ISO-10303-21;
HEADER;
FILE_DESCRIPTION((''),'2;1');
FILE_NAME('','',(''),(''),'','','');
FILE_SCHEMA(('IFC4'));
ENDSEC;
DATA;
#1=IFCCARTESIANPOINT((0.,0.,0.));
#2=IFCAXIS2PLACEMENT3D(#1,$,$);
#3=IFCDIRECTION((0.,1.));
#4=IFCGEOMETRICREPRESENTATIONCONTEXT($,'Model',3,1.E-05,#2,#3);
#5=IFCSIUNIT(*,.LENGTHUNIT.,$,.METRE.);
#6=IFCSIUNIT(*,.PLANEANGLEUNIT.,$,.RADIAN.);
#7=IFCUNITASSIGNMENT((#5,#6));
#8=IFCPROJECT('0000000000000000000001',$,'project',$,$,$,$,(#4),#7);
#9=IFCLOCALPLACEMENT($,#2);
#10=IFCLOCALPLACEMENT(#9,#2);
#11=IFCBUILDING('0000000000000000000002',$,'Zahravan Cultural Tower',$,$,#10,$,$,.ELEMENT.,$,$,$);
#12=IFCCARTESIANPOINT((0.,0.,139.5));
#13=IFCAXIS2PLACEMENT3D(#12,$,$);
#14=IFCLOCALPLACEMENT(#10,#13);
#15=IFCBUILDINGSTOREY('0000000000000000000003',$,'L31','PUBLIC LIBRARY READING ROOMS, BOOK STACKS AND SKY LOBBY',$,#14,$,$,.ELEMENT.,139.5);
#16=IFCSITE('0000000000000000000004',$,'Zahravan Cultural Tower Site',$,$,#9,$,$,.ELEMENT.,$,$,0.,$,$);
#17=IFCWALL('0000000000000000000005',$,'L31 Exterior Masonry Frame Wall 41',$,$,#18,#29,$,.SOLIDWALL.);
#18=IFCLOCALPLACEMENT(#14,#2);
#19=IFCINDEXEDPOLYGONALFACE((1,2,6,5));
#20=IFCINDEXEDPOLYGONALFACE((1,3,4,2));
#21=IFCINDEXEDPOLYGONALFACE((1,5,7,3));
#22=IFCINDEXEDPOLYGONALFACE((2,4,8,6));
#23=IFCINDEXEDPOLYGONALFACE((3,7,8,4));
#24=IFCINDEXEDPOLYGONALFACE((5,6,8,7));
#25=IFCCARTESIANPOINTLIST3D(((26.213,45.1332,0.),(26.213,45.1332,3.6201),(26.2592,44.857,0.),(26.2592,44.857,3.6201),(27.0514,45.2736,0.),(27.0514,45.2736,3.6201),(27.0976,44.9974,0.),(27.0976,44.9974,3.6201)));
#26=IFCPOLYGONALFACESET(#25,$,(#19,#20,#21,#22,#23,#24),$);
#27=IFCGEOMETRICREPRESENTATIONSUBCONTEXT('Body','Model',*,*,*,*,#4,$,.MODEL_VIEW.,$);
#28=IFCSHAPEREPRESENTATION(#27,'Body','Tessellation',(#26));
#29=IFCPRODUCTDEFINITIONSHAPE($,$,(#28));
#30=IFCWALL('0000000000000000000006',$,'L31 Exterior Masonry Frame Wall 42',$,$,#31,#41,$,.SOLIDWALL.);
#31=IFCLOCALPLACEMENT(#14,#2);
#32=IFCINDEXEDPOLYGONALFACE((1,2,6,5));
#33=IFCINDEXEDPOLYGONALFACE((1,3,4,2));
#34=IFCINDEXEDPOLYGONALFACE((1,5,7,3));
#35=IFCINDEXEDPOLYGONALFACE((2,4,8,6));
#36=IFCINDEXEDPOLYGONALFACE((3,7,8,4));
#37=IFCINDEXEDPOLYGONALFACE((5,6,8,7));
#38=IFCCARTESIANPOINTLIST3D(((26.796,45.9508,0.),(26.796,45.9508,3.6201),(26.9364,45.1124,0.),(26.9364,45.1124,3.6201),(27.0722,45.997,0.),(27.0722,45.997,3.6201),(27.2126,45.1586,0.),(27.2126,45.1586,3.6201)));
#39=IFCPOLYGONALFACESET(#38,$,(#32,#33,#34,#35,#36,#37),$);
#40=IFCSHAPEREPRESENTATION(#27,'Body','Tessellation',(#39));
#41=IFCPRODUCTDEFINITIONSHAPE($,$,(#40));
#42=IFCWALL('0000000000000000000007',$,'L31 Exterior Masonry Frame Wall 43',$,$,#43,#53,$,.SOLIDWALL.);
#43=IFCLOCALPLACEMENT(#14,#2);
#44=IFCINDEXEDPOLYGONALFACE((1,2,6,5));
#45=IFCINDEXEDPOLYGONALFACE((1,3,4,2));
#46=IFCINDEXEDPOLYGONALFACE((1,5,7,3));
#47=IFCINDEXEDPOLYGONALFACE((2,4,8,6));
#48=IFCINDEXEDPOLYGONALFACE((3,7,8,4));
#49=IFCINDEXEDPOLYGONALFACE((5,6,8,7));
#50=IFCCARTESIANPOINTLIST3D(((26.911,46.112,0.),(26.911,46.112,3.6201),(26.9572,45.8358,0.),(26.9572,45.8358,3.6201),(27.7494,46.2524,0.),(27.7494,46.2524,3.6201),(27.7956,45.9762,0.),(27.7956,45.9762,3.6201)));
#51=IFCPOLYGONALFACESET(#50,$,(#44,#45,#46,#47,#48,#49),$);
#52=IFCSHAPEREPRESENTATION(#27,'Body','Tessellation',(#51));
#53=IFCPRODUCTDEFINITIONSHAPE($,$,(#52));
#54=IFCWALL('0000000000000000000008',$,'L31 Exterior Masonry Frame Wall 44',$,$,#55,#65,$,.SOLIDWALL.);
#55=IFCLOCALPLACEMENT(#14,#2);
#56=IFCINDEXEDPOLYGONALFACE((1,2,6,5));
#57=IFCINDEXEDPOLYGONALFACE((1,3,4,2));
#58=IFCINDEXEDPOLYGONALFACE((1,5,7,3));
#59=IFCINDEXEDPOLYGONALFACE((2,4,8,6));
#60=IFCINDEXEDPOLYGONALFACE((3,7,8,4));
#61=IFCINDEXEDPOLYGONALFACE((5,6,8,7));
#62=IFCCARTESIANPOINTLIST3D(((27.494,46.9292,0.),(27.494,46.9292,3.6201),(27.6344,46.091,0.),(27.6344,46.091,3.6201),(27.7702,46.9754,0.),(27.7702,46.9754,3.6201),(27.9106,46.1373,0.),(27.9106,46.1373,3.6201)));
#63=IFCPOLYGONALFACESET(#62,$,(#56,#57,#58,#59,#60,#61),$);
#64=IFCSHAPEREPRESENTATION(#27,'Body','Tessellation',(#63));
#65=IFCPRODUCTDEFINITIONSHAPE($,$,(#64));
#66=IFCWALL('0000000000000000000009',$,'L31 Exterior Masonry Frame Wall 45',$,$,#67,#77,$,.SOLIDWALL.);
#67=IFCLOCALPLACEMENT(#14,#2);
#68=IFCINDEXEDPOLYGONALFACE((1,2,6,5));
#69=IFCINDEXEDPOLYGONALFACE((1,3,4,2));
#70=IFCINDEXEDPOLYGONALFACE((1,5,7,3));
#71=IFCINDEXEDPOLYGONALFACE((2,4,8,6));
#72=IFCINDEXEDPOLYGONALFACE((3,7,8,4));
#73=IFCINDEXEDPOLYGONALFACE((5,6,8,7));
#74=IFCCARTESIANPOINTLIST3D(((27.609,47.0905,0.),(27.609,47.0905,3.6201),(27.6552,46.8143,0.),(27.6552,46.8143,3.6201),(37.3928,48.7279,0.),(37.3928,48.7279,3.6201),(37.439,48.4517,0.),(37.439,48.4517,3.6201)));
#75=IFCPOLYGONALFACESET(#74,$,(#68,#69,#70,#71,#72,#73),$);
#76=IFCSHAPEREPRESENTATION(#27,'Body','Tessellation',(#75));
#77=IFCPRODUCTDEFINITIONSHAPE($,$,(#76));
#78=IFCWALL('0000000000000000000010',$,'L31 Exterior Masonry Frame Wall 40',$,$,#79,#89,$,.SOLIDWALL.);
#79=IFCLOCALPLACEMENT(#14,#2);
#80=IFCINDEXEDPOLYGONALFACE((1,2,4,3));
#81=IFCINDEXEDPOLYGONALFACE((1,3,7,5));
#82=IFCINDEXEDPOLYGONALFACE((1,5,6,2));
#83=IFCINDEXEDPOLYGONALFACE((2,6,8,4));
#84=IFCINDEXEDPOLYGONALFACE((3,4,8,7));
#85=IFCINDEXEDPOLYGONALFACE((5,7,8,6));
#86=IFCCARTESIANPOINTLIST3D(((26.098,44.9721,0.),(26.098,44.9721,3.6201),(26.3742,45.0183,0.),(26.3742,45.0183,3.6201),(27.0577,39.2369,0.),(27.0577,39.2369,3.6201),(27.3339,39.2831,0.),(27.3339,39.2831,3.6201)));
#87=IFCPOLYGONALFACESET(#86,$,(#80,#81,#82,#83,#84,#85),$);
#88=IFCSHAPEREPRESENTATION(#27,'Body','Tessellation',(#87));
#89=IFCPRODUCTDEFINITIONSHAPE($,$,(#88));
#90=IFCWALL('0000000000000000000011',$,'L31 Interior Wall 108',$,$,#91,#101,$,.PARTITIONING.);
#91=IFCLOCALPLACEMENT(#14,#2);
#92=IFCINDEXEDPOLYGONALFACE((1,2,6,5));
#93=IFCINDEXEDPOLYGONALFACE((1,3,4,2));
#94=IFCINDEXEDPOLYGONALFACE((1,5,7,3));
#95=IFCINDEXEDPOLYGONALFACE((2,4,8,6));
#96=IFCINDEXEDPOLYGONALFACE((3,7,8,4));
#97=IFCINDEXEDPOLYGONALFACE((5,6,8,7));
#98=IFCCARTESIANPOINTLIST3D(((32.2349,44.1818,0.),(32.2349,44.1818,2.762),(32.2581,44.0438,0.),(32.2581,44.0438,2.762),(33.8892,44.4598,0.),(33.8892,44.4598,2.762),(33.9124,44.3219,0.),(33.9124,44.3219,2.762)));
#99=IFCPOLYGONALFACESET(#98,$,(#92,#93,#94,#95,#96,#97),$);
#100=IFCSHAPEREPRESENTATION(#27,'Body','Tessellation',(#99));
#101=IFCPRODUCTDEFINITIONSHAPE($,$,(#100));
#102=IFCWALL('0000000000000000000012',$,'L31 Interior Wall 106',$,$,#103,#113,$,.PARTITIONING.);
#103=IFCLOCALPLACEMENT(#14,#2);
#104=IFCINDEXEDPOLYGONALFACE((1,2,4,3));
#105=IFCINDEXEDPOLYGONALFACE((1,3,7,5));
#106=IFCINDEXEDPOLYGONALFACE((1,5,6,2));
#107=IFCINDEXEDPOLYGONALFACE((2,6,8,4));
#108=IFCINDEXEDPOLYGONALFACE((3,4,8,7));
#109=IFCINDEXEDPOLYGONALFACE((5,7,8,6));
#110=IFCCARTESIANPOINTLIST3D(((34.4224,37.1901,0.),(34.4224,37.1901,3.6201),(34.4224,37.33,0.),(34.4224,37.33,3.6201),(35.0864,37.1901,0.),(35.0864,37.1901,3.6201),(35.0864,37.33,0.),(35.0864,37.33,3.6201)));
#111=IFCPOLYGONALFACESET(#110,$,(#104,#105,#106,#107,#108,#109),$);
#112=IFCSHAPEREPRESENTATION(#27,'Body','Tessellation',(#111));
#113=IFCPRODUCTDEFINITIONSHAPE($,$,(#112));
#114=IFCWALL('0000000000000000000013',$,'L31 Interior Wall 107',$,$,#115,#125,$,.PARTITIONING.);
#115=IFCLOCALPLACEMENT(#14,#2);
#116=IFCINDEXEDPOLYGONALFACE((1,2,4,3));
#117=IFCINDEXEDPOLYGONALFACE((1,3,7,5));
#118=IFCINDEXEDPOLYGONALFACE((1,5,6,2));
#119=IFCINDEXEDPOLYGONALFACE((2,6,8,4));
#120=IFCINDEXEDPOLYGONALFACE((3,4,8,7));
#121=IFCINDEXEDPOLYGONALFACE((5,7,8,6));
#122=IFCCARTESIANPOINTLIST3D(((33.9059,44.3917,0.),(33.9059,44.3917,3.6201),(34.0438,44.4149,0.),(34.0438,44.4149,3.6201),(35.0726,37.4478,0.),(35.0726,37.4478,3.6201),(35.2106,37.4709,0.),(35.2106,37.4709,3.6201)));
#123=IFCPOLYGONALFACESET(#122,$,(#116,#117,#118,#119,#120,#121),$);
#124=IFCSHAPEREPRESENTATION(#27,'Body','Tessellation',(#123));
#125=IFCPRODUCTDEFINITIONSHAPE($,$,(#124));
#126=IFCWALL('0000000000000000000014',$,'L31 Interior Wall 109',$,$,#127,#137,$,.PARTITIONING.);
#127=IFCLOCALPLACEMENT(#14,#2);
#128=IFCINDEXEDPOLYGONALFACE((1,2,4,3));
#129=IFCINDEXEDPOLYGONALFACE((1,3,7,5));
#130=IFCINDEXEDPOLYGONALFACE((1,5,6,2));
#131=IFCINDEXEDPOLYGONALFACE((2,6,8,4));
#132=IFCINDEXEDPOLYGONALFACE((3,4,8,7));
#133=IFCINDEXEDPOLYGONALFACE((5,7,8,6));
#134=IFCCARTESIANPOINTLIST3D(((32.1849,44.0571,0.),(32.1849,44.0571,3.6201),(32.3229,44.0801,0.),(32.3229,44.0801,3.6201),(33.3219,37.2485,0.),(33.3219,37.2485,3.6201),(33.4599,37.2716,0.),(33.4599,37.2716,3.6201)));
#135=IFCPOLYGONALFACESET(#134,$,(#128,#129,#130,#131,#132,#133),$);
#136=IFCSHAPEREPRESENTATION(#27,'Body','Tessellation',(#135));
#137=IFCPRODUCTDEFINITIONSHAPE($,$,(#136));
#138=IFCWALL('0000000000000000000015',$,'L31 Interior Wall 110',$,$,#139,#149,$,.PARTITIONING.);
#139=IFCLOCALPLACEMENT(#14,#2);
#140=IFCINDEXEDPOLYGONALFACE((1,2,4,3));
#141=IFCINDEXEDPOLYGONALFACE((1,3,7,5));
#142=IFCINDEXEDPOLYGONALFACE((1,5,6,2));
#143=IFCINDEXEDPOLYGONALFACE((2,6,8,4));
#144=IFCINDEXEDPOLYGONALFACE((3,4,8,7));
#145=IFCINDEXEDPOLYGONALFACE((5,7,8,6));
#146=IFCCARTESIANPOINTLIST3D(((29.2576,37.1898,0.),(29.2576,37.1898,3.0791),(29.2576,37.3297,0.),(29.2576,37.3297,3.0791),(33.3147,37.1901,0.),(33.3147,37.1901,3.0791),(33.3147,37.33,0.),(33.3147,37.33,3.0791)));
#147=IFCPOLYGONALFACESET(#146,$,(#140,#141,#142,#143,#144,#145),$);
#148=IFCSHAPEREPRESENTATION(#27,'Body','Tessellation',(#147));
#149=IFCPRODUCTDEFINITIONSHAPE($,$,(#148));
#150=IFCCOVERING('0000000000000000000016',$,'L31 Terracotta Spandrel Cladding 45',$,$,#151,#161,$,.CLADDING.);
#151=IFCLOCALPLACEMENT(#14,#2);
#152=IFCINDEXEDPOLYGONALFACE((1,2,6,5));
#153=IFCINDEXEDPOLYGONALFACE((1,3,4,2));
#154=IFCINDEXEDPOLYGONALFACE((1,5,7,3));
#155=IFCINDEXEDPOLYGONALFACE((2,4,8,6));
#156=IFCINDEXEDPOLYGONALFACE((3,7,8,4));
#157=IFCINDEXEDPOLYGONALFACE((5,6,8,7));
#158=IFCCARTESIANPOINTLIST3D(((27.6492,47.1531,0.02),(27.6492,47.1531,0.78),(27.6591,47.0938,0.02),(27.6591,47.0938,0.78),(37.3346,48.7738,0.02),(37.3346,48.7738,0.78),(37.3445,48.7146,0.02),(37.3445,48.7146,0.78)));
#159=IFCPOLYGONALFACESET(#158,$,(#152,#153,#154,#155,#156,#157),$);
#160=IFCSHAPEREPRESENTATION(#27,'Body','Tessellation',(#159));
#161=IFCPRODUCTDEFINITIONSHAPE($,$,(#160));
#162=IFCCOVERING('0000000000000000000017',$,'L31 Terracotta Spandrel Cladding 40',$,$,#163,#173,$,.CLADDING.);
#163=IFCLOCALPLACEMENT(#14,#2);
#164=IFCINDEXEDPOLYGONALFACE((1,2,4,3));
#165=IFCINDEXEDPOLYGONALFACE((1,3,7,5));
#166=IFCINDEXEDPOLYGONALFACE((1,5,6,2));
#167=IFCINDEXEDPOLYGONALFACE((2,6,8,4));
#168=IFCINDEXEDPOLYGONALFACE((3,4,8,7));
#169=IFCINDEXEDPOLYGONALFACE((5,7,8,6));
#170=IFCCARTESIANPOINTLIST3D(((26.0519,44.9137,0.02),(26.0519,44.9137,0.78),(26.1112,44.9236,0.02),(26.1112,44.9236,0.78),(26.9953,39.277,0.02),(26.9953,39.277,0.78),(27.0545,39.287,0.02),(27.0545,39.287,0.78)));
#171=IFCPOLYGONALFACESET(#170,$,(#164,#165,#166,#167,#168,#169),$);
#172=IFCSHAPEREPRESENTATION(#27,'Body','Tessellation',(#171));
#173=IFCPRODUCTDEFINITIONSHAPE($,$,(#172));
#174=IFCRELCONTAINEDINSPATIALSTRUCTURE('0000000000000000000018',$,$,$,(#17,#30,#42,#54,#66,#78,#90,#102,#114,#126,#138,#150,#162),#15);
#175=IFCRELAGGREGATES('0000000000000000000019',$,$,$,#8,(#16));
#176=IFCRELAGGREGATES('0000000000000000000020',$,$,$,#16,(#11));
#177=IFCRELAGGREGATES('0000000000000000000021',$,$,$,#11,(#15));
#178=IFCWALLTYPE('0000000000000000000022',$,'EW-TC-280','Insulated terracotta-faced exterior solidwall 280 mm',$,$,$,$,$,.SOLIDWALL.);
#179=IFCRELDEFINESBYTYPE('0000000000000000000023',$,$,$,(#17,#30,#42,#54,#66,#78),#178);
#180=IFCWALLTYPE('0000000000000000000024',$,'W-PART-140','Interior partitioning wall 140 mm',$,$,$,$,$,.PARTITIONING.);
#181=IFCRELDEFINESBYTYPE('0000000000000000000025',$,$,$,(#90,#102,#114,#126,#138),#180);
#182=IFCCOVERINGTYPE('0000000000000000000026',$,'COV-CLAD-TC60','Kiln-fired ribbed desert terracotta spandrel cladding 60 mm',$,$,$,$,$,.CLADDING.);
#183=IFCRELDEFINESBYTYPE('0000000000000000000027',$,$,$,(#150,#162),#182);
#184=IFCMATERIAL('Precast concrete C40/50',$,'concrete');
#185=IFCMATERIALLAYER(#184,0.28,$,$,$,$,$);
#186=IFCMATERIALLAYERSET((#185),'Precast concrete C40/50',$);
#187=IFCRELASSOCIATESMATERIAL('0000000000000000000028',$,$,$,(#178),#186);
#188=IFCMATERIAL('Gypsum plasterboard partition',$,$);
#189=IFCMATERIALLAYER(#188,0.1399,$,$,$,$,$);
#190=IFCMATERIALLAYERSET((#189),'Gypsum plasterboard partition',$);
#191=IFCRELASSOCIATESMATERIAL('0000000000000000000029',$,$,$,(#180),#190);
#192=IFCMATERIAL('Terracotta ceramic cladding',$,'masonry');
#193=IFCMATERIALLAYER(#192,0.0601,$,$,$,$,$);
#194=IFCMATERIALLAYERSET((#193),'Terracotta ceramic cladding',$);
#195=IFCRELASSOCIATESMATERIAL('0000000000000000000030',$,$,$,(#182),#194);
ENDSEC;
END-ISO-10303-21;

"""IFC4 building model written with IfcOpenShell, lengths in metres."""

from ifc_helpers import new_model, si_unit, direction, frame, frame_2d, origin, origin_2d, place, context, subcontext, project, spatial, rectangle, extrude, source, transform, mapped, material, layer, layer_set, type_object, element, save


model = new_model("IFC4")

# Units and contexts
model_context = context("Model", 3, precision=1e-05, world=origin(), true_north=direction((0.0, 1.0)))
body_context = subcontext(model_context, "Body", "Model", "MODEL_VIEW")
ifc_project = project(units=[si_unit("LENGTHUNIT", "METRE"), si_unit("PLANEANGLEUNIT", "RADIAN")], contexts=[model_context])

# Site, building, storey
site_placement = place(None, origin())
site = spatial("IfcSite", under=ifc_project, at=site_placement, Name="Zahravan Cultural Tower Site", CompositionType="ELEMENT", RefElevation=0.0)
building_placement = place(site_placement, origin())
building = spatial("IfcBuilding", under=site, at=building_placement, Name="Zahravan Cultural Tower", CompositionType="ELEMENT")
storey_placement = place(building_placement, frame((0.0, 0.0, 139.5)))
storey = spatial("IfcBuildingStorey", under=building, at=storey_placement, Name="L31", Description="PUBLIC LIBRARY READING ROOMS, BOOK STACKS AND SKY LOBBY", CompositionType="ELEMENT", Elevation=139.5)

# Walls
ifc_material_1 = material(Name="Precast concrete C40/50", Category="concrete")
ifc_layer_1 = layer(ifc_material_1, 0.28)
ifc_layer_set_1 = layer_set([ifc_layer_1], Name="Precast concrete C40/50")
wall_type_1 = type_object("IfcWallType", Name="EW-TC-280", Description="Insulated terracotta-faced exterior solidwall 280 mm", PredefinedType="SOLIDWALL", material=ifc_layer_set_1)
shared_shape_1 = source(origin(), body_context, "Body", "SweptSolid", [
    extrude(rectangle(XDim=0.8501, YDim=0.28, at=frame_2d((0.425, 0.0))), origin(), (0.0, 0.0, 1.0), 3.6201),
])
for number, where, z_axis, x_axis, name in (
    (1, (26.2361, 44.9951, 0.0), (0.0, 0.0, 1.0), (0.986269, 0.165144, 0.0), "L31 Exterior Masonry Frame Wall 41"),
    (2, (27.0745, 45.1355, 0.0), (0.0, 0.0, 1.0), (-0.165144, 0.986269, 0.0), "L31 Exterior Masonry Frame Wall 42"),
    (3, (26.9341, 45.9739, 0.0), (0.0, 0.0, 1.0), (0.986269, 0.165144, 0.0), "L31 Exterior Masonry Frame Wall 43"),
):
    element("IfcWall", number, at=place(storey_placement, frame(where, z_axis=z_axis, x_axis=x_axis)), inside=storey, type_object=wall_type_1, Name=name, PredefinedType="SOLIDWALL", context=body_context, shape_type="MappedRepresentation", body=[
        mapped(shared_shape_1, transform((0.0, 0.0, 0.0), x_axis=(1.0, 0.0, 0.0), y_axis=(0.0, 1.0, 0.0), z_axis=(0.0, 0.0, 1.0), scale=1.0)),
    ])
shared_shape_2 = source(origin(), body_context, "Body", "SweptSolid", [
    extrude(rectangle(XDim=0.8499, YDim=0.28, at=frame_2d((0.4248, 0.0))), origin(), (0.0, 0.0, 1.0), 3.6201),
])
wall_1_placement = place(storey_placement, frame((27.7725, 46.1143, 0.0), z_axis=(0.0, 0.0, 1.0), x_axis=(-0.165191, 0.986262, 0.0)))
element("IfcWall", 4, at=wall_1_placement, inside=storey, type_object=wall_type_1, Name="L31 Exterior Masonry Frame Wall 44", PredefinedType="SOLIDWALL", context=body_context, shape_type="MappedRepresentation", body=[
    mapped(shared_shape_2, transform((0.0, 0.0, 0.0), x_axis=(1.0, 0.0, 0.0), y_axis=(0.0, 1.0, 0.0), z_axis=(0.0, 0.0, 1.0), scale=1.0)),
])
shared_shape_3 = source(origin(), body_context, "Body", "SweptSolid", [
    extrude(rectangle(XDim=9.9199, YDim=0.28, at=frame_2d((4.96, 0.0))), origin(), (0.0, 0.0, 1.0), 3.6201),
])
wall_2_placement = place(storey_placement, frame((27.6321, 46.9524, 0.0), z_axis=(0.0, 0.0, 1.0), x_axis=(0.986283, 0.165065, 0.0)))
element("IfcWall", 5, at=wall_2_placement, inside=storey, type_object=wall_type_1, Name="L31 Exterior Masonry Frame Wall 45", PredefinedType="SOLIDWALL", context=body_context, shape_type="MappedRepresentation", body=[
    mapped(shared_shape_3, transform((0.0, 0.0, 0.0), x_axis=(1.0, 0.0, 0.0), y_axis=(0.0, 1.0, 0.0), z_axis=(0.0, 0.0, 1.0), scale=1.0)),
])
shared_shape_4 = source(origin(), body_context, "Body", "SweptSolid", [
    extrude(rectangle(XDim=5.8149, YDim=0.28, at=frame_2d((2.9075, 0.0))), origin(), (0.0, 0.0, 1.0), 3.6201),
])
wall_3_placement = place(storey_placement, frame((27.1958, 39.26, 0.0), z_axis=(0.0, 0.0, 1.0), x_axis=(-0.165046, 0.986286, 0.0)))
element("IfcWall", 6, at=wall_3_placement, inside=storey, type_object=wall_type_1, Name="L31 Exterior Masonry Frame Wall 40", PredefinedType="SOLIDWALL", context=body_context, shape_type="MappedRepresentation", body=[
    mapped(shared_shape_4, transform((0.0, 0.0, 0.0), x_axis=(1.0, 0.0, 0.0), y_axis=(0.0, 1.0, 0.0), z_axis=(0.0, 0.0, 1.0), scale=1.0)),
])
ifc_material_2 = material(Name="Gypsum plasterboard partition")
ifc_layer_2 = layer(ifc_material_2, 0.1399)
ifc_layer_set_2 = layer_set([ifc_layer_2], Name="Gypsum plasterboard partition")
wall_type_2 = type_object("IfcWallType", Name="W-PART-140", Description="Interior partitioning wall 140 mm", PredefinedType="PARTITIONING", material=ifc_layer_set_2)
shared_shape_5 = source(origin(), body_context, "Body", "SweptSolid", [
    extrude(rectangle(XDim=1.6775, YDim=0.1399, at=frame_2d((0.8389, 0.0))), origin(), (0.0, 0.0, 1.0), 2.762),
])
wall_4_placement = place(storey_placement, frame((33.9009, 44.3909, 0.0), z_axis=(0.0, 0.0, 1.0), x_axis=(-0.986165, -0.165768, 0.0)))
element("IfcWall", 7, at=wall_4_placement, inside=storey, type_object=wall_type_2, Name="L31 Interior Wall 108", PredefinedType="PARTITIONING", context=body_context, shape_type="MappedRepresentation", body=[
    mapped(shared_shape_5, transform((0.0, 0.0, 0.0), x_axis=(1.0, 0.0, 0.0), y_axis=(0.0, 1.0, 0.0), z_axis=(0.0, 0.0, 1.0), scale=1.0)),
])
shared_shape_6 = source(origin(), body_context, "Body", "SweptSolid", [
    extrude(rectangle(XDim=0.6641, YDim=0.1399, at=frame_2d((0.332, 0.0))), origin(), (0.0, 0.0, 1.0), 3.6201),
])
wall_5_placement = place(storey_placement, frame((35.0864, 37.26, 0.0), z_axis=(0.0, 0.0, 1.0), x_axis=(-1.0, 0.0, 0.0)))
element("IfcWall", 8, at=wall_5_placement, inside=storey, type_object=wall_type_2, Name="L31 Interior Wall 106", PredefinedType="PARTITIONING", context=body_context, shape_type="MappedRepresentation", body=[
    mapped(shared_shape_6, transform((0.0, 0.0, 0.0), x_axis=(1.0, 0.0, 0.0), y_axis=(0.0, 1.0, 0.0), z_axis=(0.0, 0.0, 1.0), scale=1.0)),
])
shared_shape_7 = source(origin(), body_context, "Body", "SweptSolid", [
    extrude(rectangle(XDim=7.0413, YDim=0.1399, at=frame_2d((3.5205, 0.0))), origin(), (0.0, 0.0, 1.0), 3.6201),
])
wall_6_placement = place(storey_placement, frame((35.1416, 37.4595, 0.0), z_axis=(0.0, 0.0, 1.0), x_axis=(-0.165703, 0.986176, 0.0)))
element("IfcWall", 9, at=wall_6_placement, inside=storey, type_object=wall_type_2, Name="L31 Interior Wall 107", PredefinedType="PARTITIONING", context=body_context, shape_type="MappedRepresentation", body=[
    mapped(shared_shape_7, transform((0.0, 0.0, 0.0), x_axis=(1.0, 0.0, 0.0), y_axis=(0.0, 1.0, 0.0), z_axis=(0.0, 0.0, 1.0), scale=1.0)),
])
shared_shape_8 = source(origin(), body_context, "Body", "SweptSolid", [
    extrude(rectangle(XDim=6.9028, YDim=0.1399, at=frame_2d((3.4514, 0.0))), origin(), (0.0, 0.0, 1.0), 3.6201),
])
wall_7_placement = place(storey_placement, frame((32.2539, 44.0686, 0.0), z_axis=(0.0, 0.0, 1.0), x_axis=(0.164709, -0.986342, 0.0)))
element("IfcWall", 10, at=wall_7_placement, inside=storey, type_object=wall_type_2, Name="L31 Interior Wall 109", PredefinedType="PARTITIONING", context=body_context, shape_type="MappedRepresentation", body=[
    mapped(shared_shape_8, transform((0.0, 0.0, 0.0), x_axis=(1.0, 0.0, 0.0), y_axis=(0.0, 1.0, 0.0), z_axis=(0.0, 0.0, 1.0), scale=1.0)),
])
shared_shape_9 = source(origin(), body_context, "Body", "SweptSolid", [
    extrude(rectangle(XDim=4.0571, YDim=0.1399, at=frame_2d((2.0286, 0.0))), origin(), (0.0, 0.0, 1.0), 3.0791),
])
wall_8_placement = place(storey_placement, frame((33.3147, 37.26, 0.0), z_axis=(0.0, 0.0, 1.0), x_axis=(-1.0, -0.00006, 0.0)))
element("IfcWall", 11, at=wall_8_placement, inside=storey, type_object=wall_type_2, Name="L31 Interior Wall 110", PredefinedType="PARTITIONING", context=body_context, shape_type="MappedRepresentation", body=[
    mapped(shared_shape_9, transform((0.0, 0.0, 0.0), x_axis=(1.0, 0.0, 0.0), y_axis=(0.0, 1.0, 0.0), z_axis=(0.0, 0.0, 1.0), scale=1.0)),
])

# Coverings
ifc_material_3 = material(Name="Terracotta ceramic cladding", Category="masonry")
ifc_layer_3 = layer(ifc_material_3, 0.0601)
ifc_layer_set_3 = layer_set([ifc_layer_3], Name="Terracotta ceramic cladding")
covering_type = type_object("IfcCoveringType", Name="COV-CLAD-TC60", Description="Kiln-fired ribbed desert terracotta spandrel cladding 60 mm", PredefinedType="CLADDING", material=ifc_layer_set_3)
shared_shape_10 = source(origin(), body_context, "Body", "SweptSolid", [
    extrude(rectangle(XDim=9.8201, YDim=0.0601, at=origin_2d()), origin(), (0.0, 0.0, 1.0), 0.76),
])
covering_1_placement = place(storey_placement, frame((32.4968, 47.9338, 0.02), z_axis=(0.0, 0.0, 1.0), x_axis=(0.986286, 0.165048, 0.0)))
element("IfcCovering", 12, at=covering_1_placement, inside=storey, type_object=covering_type, Name="L31 Terracotta Spandrel Cladding 45", PredefinedType="CLADDING", context=body_context, shape_type="MappedRepresentation", body=[
    mapped(shared_shape_10, transform((0.0, 0.0, 0.0), x_axis=(1.0, 0.0, 0.0), y_axis=(0.0, 1.0, 0.0), z_axis=(0.0, 0.0, 1.0), scale=1.0)),
])
shared_shape_11 = source(origin(), body_context, "Body", "SweptSolid", [
    extrude(rectangle(XDim=5.7151, YDim=0.0601, at=origin_2d()), origin(), (0.0, 0.0, 1.0), 0.76),
])
covering_2_placement = place(storey_placement, frame((26.5532, 42.1003, 0.02), z_axis=(0.0, 0.0, 1.0), x_axis=(-0.165065, 0.986283, 0.0)))
element("IfcCovering", 13, at=covering_2_placement, inside=storey, type_object=covering_type, Name="L31 Terracotta Spandrel Cladding 40", PredefinedType="CLADDING", context=body_context, shape_type="MappedRepresentation", body=[
    mapped(shared_shape_11, transform((0.0, 0.0, 0.0), x_axis=(1.0, 0.0, 0.0), y_axis=(0.0, 1.0, 0.0), z_axis=(0.0, 0.0, 1.0), scale=1.0)),
])

save(model, "model.ifc")
